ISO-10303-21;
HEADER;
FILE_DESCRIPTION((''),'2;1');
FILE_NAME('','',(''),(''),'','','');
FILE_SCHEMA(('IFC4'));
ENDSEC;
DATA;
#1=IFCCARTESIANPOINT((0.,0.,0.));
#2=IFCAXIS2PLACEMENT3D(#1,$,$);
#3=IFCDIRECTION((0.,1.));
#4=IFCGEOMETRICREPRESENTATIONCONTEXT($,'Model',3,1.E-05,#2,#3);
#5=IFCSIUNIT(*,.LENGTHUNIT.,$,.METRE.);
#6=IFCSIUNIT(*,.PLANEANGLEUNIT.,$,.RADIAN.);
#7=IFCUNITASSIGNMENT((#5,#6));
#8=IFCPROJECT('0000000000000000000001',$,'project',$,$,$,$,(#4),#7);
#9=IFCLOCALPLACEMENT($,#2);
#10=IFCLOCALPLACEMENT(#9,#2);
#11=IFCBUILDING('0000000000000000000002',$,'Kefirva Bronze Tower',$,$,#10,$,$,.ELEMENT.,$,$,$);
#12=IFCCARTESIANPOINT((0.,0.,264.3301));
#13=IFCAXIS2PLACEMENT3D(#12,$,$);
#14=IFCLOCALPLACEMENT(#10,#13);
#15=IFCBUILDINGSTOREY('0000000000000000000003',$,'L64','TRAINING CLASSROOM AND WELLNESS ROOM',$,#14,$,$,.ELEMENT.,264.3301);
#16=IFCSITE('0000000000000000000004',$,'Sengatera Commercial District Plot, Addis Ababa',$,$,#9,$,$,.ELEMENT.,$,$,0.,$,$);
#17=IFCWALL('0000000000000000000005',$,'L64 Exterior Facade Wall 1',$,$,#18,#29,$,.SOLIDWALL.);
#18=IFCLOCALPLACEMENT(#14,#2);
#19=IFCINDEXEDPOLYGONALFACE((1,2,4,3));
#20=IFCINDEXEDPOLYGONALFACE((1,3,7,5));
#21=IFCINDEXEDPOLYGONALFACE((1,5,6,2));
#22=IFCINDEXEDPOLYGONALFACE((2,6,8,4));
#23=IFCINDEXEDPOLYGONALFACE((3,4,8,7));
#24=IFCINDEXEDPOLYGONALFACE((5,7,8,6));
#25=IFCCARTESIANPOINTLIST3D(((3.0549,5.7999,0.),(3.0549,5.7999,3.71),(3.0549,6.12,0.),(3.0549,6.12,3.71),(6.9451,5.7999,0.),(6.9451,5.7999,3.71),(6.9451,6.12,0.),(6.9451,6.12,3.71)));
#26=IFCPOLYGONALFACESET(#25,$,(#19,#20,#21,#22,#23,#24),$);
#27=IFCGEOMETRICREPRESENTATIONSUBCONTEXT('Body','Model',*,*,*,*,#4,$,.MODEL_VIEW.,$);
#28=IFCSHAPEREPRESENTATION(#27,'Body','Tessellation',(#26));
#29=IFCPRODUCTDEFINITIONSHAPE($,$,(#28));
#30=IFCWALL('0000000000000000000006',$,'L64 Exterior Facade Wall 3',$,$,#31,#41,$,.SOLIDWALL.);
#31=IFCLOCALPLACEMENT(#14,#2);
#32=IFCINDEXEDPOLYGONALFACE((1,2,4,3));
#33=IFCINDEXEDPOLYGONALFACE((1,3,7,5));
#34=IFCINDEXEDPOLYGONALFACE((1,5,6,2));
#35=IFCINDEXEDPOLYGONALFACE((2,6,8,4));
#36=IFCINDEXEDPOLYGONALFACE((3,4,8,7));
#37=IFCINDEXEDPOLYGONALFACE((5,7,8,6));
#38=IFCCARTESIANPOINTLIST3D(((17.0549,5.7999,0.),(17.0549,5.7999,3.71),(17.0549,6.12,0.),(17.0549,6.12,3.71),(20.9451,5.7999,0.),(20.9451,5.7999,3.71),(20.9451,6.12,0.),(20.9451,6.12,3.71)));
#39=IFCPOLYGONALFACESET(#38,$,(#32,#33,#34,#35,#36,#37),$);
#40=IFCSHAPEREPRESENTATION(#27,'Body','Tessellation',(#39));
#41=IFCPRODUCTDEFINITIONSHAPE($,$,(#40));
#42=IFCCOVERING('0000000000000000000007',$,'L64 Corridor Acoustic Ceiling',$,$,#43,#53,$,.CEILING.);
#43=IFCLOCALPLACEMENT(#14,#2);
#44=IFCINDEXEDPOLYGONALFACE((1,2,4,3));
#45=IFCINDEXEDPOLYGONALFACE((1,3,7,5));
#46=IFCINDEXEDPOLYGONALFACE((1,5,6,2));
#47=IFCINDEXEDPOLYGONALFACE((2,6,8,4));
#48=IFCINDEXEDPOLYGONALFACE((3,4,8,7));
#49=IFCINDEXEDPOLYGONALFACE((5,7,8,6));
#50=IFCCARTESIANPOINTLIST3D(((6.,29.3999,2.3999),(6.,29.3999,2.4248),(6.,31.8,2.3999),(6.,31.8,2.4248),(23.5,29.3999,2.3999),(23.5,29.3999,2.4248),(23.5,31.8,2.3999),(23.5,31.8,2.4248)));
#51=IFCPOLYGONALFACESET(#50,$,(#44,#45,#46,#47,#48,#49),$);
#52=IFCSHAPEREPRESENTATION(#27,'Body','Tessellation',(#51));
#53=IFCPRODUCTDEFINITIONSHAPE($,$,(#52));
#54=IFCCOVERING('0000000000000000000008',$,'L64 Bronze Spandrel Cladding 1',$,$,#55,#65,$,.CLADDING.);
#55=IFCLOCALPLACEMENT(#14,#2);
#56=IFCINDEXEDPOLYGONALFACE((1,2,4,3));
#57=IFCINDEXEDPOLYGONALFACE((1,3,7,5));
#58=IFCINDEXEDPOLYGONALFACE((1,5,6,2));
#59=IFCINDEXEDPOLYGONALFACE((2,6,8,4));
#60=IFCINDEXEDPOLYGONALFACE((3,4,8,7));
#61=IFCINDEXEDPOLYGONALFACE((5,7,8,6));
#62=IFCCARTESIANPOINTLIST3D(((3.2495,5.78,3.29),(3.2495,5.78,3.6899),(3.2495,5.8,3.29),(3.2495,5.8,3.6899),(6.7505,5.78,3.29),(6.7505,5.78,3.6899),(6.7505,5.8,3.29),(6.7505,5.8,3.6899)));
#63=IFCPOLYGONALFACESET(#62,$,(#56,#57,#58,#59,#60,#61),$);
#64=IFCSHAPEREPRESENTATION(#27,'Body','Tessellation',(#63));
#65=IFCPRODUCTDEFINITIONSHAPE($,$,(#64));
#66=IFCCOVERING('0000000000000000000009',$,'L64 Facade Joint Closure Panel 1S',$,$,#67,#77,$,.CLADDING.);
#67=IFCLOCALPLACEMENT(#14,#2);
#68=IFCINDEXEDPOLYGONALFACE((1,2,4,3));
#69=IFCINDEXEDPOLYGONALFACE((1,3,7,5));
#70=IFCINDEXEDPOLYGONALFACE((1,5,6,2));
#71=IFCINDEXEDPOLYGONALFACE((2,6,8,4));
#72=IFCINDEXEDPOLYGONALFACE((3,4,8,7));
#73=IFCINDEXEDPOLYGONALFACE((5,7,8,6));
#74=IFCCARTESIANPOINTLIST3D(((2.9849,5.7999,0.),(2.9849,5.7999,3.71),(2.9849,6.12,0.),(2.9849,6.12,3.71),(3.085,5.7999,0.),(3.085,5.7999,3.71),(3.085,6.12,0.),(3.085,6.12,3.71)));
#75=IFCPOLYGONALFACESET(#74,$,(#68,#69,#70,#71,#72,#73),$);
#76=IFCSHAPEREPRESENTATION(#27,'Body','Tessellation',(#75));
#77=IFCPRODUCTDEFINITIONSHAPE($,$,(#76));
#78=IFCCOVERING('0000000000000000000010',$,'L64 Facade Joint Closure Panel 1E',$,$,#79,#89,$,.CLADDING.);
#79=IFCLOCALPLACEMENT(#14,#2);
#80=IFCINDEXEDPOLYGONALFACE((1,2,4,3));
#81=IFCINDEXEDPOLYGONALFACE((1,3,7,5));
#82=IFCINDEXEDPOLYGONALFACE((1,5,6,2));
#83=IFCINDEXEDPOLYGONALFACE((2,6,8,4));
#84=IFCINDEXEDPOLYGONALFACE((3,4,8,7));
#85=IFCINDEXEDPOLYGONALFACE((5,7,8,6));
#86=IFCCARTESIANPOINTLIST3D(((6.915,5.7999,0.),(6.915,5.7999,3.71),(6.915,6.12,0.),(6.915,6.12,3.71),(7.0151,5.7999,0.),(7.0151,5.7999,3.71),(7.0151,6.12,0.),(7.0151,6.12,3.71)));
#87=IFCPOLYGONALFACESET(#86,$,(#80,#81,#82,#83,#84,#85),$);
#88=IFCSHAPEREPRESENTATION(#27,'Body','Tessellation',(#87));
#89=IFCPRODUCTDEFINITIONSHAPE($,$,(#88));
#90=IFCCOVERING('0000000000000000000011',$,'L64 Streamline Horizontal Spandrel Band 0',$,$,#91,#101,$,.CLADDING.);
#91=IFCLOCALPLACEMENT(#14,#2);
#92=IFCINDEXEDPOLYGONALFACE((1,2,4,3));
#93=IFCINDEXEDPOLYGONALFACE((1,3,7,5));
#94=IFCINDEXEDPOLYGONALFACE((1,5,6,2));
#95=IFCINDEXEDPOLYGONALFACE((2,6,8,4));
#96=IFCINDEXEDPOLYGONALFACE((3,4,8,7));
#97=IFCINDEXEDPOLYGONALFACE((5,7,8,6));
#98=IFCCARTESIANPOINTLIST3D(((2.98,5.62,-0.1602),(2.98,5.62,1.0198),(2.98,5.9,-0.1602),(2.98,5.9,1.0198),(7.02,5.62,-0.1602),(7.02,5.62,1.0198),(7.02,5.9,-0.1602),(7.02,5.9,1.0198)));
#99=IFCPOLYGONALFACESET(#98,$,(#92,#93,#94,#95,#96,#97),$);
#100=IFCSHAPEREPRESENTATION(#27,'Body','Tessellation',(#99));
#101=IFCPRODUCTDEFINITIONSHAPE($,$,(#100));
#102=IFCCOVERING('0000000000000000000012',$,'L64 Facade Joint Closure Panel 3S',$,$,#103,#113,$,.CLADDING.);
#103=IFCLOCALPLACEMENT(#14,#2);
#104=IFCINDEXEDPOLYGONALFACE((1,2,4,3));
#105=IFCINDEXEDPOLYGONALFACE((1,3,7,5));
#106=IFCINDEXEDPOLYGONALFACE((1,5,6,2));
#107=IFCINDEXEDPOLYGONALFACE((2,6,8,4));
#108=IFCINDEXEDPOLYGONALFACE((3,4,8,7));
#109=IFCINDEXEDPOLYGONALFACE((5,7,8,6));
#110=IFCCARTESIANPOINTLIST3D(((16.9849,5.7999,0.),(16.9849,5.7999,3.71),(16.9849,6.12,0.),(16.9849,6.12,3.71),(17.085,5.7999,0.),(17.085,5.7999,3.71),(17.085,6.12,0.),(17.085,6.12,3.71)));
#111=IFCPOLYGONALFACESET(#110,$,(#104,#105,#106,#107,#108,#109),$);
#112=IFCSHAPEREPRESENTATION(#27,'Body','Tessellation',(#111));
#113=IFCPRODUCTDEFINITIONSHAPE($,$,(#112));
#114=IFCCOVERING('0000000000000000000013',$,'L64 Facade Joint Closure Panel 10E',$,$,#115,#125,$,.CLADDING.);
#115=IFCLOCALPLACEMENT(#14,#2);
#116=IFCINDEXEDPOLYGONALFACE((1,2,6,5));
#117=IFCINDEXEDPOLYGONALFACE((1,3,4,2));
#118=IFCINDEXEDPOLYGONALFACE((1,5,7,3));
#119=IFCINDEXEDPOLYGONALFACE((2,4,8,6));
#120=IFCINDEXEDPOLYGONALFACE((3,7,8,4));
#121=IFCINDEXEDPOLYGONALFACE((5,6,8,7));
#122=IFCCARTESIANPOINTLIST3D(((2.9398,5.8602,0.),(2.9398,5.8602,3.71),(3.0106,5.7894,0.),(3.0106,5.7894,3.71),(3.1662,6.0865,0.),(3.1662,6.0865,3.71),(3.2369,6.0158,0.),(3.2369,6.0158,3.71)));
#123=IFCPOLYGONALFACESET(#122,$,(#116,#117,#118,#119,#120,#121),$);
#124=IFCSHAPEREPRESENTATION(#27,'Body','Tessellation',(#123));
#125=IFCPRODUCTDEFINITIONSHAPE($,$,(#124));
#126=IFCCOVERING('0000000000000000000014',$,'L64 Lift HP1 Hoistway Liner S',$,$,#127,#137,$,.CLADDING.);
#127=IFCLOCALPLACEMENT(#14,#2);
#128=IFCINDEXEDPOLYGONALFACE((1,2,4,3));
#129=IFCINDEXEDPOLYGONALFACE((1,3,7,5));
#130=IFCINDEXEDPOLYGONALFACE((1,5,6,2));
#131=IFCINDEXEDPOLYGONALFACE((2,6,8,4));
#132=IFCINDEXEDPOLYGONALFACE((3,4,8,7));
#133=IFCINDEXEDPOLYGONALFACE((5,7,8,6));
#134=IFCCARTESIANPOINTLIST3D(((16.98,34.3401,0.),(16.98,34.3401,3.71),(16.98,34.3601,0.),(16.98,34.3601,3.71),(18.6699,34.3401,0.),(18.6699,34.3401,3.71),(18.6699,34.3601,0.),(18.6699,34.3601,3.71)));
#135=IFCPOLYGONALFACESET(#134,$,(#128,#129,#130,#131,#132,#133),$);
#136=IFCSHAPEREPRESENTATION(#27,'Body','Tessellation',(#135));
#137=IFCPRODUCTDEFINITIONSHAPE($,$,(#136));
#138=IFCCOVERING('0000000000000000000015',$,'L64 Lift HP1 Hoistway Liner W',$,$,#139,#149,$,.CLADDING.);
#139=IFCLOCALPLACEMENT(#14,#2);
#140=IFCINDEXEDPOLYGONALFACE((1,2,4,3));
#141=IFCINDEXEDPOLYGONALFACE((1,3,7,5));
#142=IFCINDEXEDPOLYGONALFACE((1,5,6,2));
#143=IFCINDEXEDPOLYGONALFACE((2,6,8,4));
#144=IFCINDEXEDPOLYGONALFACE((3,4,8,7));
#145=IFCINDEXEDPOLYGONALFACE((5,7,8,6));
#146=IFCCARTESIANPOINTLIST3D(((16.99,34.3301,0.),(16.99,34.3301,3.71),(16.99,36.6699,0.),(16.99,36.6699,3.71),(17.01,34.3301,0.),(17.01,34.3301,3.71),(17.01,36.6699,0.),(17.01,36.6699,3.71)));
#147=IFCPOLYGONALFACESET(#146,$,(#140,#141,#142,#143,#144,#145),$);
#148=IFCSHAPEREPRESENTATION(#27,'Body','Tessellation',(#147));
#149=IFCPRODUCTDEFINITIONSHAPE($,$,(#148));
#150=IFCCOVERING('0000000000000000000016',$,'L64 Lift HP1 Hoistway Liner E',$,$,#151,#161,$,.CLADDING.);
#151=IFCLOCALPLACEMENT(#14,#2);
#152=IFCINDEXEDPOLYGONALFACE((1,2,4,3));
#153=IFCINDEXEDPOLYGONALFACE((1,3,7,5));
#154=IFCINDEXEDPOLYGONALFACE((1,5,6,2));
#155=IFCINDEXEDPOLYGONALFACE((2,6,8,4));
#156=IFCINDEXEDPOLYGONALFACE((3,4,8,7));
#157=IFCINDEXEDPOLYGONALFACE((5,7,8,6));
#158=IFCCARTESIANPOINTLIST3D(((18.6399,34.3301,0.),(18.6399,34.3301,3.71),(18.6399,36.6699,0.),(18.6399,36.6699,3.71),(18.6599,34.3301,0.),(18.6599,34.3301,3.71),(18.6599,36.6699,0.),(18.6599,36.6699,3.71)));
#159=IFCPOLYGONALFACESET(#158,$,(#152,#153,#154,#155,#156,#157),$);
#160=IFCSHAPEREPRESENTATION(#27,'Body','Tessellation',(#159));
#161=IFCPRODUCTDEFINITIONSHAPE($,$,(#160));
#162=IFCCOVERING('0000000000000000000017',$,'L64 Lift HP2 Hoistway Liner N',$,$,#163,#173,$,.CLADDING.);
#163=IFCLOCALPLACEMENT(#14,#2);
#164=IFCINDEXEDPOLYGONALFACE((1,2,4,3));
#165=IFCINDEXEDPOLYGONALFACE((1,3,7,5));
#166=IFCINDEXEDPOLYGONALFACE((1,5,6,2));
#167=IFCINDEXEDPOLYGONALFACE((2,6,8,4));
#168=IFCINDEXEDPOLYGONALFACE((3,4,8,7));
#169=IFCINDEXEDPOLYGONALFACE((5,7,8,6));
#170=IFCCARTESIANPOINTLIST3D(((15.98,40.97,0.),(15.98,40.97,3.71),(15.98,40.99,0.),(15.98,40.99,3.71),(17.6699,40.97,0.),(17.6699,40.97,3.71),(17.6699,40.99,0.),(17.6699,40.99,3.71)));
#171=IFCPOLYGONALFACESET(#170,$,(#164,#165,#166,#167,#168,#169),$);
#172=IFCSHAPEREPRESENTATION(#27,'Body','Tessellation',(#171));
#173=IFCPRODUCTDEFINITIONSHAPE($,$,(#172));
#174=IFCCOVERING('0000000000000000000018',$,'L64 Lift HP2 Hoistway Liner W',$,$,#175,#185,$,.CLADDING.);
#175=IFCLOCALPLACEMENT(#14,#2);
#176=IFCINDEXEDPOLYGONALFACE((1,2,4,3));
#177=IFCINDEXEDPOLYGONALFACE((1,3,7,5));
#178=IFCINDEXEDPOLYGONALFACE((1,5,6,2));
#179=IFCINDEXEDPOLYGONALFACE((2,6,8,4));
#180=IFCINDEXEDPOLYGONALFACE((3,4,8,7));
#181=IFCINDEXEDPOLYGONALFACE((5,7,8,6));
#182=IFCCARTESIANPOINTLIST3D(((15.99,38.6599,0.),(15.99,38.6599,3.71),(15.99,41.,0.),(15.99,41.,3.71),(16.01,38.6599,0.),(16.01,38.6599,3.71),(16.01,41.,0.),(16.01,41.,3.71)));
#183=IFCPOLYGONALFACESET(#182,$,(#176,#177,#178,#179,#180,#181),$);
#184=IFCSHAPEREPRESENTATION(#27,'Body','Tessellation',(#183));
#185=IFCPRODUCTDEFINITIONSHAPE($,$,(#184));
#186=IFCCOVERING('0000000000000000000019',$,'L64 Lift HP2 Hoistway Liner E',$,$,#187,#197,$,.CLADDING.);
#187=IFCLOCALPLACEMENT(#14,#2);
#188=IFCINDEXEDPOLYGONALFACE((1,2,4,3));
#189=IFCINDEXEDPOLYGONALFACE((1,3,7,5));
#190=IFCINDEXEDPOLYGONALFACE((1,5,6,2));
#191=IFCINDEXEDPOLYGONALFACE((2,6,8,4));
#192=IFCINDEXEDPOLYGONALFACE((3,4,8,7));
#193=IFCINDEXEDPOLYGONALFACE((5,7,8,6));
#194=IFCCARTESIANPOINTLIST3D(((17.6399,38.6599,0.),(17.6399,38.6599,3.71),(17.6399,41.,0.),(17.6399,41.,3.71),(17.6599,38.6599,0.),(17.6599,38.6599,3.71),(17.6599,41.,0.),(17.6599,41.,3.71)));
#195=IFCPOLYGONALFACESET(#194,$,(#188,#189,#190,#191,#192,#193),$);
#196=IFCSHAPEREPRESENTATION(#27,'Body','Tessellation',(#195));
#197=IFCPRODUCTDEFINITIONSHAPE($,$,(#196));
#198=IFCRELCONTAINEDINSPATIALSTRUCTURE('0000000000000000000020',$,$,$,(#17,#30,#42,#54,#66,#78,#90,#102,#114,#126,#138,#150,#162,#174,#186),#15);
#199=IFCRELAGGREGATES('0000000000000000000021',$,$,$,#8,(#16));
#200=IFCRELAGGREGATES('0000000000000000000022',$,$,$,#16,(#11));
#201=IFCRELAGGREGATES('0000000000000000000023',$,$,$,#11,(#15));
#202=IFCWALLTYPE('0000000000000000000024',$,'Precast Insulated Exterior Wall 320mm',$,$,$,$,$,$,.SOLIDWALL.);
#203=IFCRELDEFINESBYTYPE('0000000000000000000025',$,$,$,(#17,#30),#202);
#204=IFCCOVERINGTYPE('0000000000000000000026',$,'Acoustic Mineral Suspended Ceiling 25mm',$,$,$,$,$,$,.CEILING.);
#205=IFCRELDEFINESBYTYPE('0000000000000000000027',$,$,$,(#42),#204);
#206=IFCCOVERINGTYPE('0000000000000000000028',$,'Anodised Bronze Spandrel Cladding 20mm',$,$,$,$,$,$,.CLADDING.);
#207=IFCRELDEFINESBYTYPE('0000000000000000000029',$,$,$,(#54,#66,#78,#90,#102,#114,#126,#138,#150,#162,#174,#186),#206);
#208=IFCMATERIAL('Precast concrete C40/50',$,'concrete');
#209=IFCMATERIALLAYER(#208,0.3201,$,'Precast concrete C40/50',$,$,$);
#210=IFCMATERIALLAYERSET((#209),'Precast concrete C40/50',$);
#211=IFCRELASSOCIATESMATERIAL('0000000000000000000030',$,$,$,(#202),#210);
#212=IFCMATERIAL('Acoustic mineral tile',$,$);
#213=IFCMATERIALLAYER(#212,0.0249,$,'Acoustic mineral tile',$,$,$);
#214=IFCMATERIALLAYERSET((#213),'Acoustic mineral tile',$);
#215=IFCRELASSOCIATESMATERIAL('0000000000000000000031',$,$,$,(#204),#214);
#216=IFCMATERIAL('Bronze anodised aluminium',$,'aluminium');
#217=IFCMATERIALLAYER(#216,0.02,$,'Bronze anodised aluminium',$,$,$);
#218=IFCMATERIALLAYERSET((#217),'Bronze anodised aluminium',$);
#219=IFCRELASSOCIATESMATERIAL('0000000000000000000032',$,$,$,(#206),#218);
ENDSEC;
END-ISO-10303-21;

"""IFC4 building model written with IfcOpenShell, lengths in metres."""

from ifc_helpers import new_model, si_unit, direction, frame, frame_2d, origin, origin_2d, place, context, subcontext, project, spatial, polyline, rectangle, outline, extrude, material, layer, layer_set, type_object, element, save


model = new_model("IFC4")

# Units and contexts
model_context = context("Model", 3, precision=1e-05, world=origin(), true_north=direction((0.0, 1.0)))
body_context = subcontext(model_context, "Body", "Model", "MODEL_VIEW")
ifc_project = project(units=[si_unit("LENGTHUNIT", "METRE"), si_unit("PLANEANGLEUNIT", "RADIAN")], contexts=[model_context])

# Site, building, storey
site_placement = place(None, origin())
site = spatial("IfcSite", under=ifc_project, at=site_placement, Name="Sengatera Commercial District Plot, Addis Ababa", CompositionType="ELEMENT", RefElevation=0.0)
building_placement = place(site_placement, origin())
building = spatial("IfcBuilding", under=site, at=building_placement, Name="Kefirva Bronze Tower", CompositionType="ELEMENT")
storey_placement = place(building_placement, frame((0.0, 0.0, 264.3301)))
storey = spatial("IfcBuildingStorey", under=building, at=storey_placement, Name="L64", Description="TRAINING CLASSROOM AND WELLNESS ROOM", CompositionType="ELEMENT", Elevation=264.3301)

# Walls
ifc_material_1 = material(Name="Precast concrete C40/50", Category="concrete")
ifc_layer_1 = layer(ifc_material_1, 0.3201, Name="Precast concrete C40/50")
ifc_layer_set_1 = layer_set([ifc_layer_1], Name="Precast concrete C40/50")
wall_type = type_object("IfcWallType", Name="Precast Insulated Exterior Wall 320mm", PredefinedType="SOLIDWALL", material=ifc_layer_set_1)
for number, where, z_axis, x_axis, name in (
    (1, (3.0549, 5.96, 0.0), (0.0, 0.0, 1.0), (1.0, 0.0, 0.0), "L64 Exterior Facade Wall 1"),
    (2, (17.0549, 5.96, 0.0), (0.0, 0.0, 1.0), (1.0, 0.0, 0.0), "L64 Exterior Facade Wall 3"),
):
    element("IfcWall", number, at=place(storey_placement, frame(where, z_axis=z_axis, x_axis=x_axis)), inside=storey, type_object=wall_type, Name=name, PredefinedType="SOLIDWALL", context=body_context, shape_type="SweptSolid", body=[
        extrude(rectangle(XDim=3.8901, YDim=0.3201, at=frame_2d((1.9451, 0.0))), origin(), (0.0, 0.0, 1.0), 3.71),
    ])

# Coverings
ifc_material_2 = material(Name="Acoustic mineral tile")
ifc_layer_2 = layer(ifc_material_2, 0.0249, Name="Acoustic mineral tile")
ifc_layer_set_2 = layer_set([ifc_layer_2], Name="Acoustic mineral tile")
covering_type_1 = type_object("IfcCoveringType", Name="Acoustic Mineral Suspended Ceiling 25mm", PredefinedType="CEILING", material=ifc_layer_set_2)
covering_1_placement = place(storey_placement, frame((0.0, 0.0, 2.3999)))
element("IfcCovering", 3, at=covering_1_placement, inside=storey, type_object=covering_type_1, Name="L64 Corridor Acoustic Ceiling", PredefinedType="CEILING", context=body_context, shape_type="SweptSolid", body=[
    extrude(outline(polyline([(6.0, 29.3999), (23.5, 29.3999), (23.5, 31.8), (6.0, 31.8), (6.0, 29.3999)])), origin(), (0.0, 0.0, 1.0), 0.0249),
])
ifc_material_3 = material(Name="Bronze anodised aluminium", Category="aluminium")
ifc_layer_3 = layer(ifc_material_3, 0.02, Name="Bronze anodised aluminium")
ifc_layer_set_3 = layer_set([ifc_layer_3], Name="Bronze anodised aluminium")
covering_type_2 = type_object("IfcCoveringType", Name="Anodised Bronze Spandrel Cladding 20mm", PredefinedType="CLADDING", material=ifc_layer_set_3)
covering_2_placement = place(storey_placement, frame((5.0, 5.79, 3.29), z_axis=(0.0, 0.0, 1.0), x_axis=(1.0, 0.0, 0.0)))
element("IfcCovering", 4, at=covering_2_placement, inside=storey, type_object=covering_type_2, Name="L64 Bronze Spandrel Cladding 1", PredefinedType="CLADDING", context=body_context, shape_type="SweptSolid", body=[
    extrude(rectangle(XDim=3.501, YDim=0.02, at=origin_2d()), origin(), (0.0, 0.0, 1.0), 0.3999),
])
for number, where, z_axis, x_axis, name in (
    (5, (3.0349, 5.96, 0.0), (0.0, 0.0, 1.0), (1.0, 0.0, 0.0), "L64 Facade Joint Closure Panel 1S"),
    (6, (6.9651, 5.96, 0.0), (0.0, 0.0, 1.0), (1.0, 0.0, 0.0), "L64 Facade Joint Closure Panel 1E"),
):
    element("IfcCovering", number, at=place(storey_placement, frame(where, z_axis=z_axis, x_axis=x_axis)), inside=storey, type_object=covering_type_2, Name=name, PredefinedType="CLADDING", context=body_context, shape_type="SweptSolid", body=[
        extrude(rectangle(XDim=0.1001, YDim=0.3201, at=origin_2d()), origin(), (0.0, 0.0, 1.0), 3.71),
    ])
covering_3_placement = place(storey_placement, frame((5.0, 5.76, -0.1602), z_axis=(0.0, 0.0, 1.0), x_axis=(1.0, 0.0, 0.0)))
element("IfcCovering", 7, at=covering_3_placement, inside=storey, type_object=covering_type_2, Name="L64 Streamline Horizontal Spandrel Band 0", PredefinedType="CLADDING", context=body_context, shape_type="SweptSolid", body=[
    extrude(rectangle(XDim=4.04, YDim=0.28, at=origin_2d()), origin(), (0.0, 0.0, 1.0), 1.1799),
])
for number, where, z_axis, x_axis, name in (
    (8, (17.0349, 5.96, 0.0), (0.0, 0.0, 1.0), (1.0, 0.0, 0.0), "L64 Facade Joint Closure Panel 3S"),
    (9, (3.0884, 5.938, 0.0), (0.0, 0.0, 1.0), (0.707107, -0.707107, 0.0), "L64 Facade Joint Closure Panel 10E"),
):
    element("IfcCovering", number, at=place(storey_placement, frame(where, z_axis=z_axis, x_axis=x_axis)), inside=storey, type_object=covering_type_2, Name=name, PredefinedType="CLADDING", context=body_context, shape_type="SweptSolid", body=[
        extrude(rectangle(XDim=0.1001, YDim=0.3201, at=origin_2d()), origin(), (0.0, 0.0, 1.0), 3.71),
    ])
covering_4_placement = place(storey_placement, origin())
element("IfcCovering", 10, at=covering_4_placement, inside=storey, type_object=covering_type_2, Name="L64 Lift HP1 Hoistway Liner S", PredefinedType="CLADDING", context=body_context, shape_type="SweptSolid", body=[
    extrude(outline(polyline([(16.98, 34.3401), (18.6699, 34.3401), (18.6699, 34.3601), (16.98, 34.3601), (16.98, 34.3401)])), origin(), (0.0, 0.0, 1.0), 3.71),
])
covering_5_placement = place(storey_placement, origin())
element("IfcCovering", 11, at=covering_5_placement, inside=storey, type_object=covering_type_2, Name="L64 Lift HP1 Hoistway Liner W", PredefinedType="CLADDING", context=body_context, shape_type="SweptSolid", body=[
    extrude(outline(polyline([(16.99, 34.3301), (17.01, 34.3301), (17.01, 36.6699), (16.99, 36.6699), (16.99, 34.3301)])), origin(), (0.0, 0.0, 1.0), 3.71),
])
covering_6_placement = place(storey_placement, origin())
element("IfcCovering", 12, at=covering_6_placement, inside=storey, type_object=covering_type_2, Name="L64 Lift HP1 Hoistway Liner E", PredefinedType="CLADDING", context=body_context, shape_type="SweptSolid", body=[
    extrude(outline(polyline([(18.6399, 34.3301), (18.6599, 34.3301), (18.6599, 36.6699), (18.6399, 36.6699), (18.6399, 34.3301)])), origin(), (0.0, 0.0, 1.0), 3.71),
])
covering_7_placement = place(storey_placement, origin())
element("IfcCovering", 13, at=covering_7_placement, inside=storey, type_object=covering_type_2, Name="L64 Lift HP2 Hoistway Liner N", PredefinedType="CLADDING", context=body_context, shape_type="SweptSolid", body=[
    extrude(outline(polyline([(15.98, 40.97), (17.6699, 40.97), (17.6699, 40.99), (15.98, 40.99), (15.98, 40.97)])), origin(), (0.0, 0.0, 1.0), 3.71),
])
covering_8_placement = place(storey_placement, origin())
element("IfcCovering", 14, at=covering_8_placement, inside=storey, type_object=covering_type_2, Name="L64 Lift HP2 Hoistway Liner W", PredefinedType="CLADDING", context=body_context, shape_type="SweptSolid", body=[
    extrude(outline(polyline([(15.99, 38.6599), (16.01, 38.6599), (16.01, 41.0), (15.99, 41.0), (15.99, 38.6599)])), origin(), (0.0, 0.0, 1.0), 3.71),
])
covering_9_placement = place(storey_placement, origin())
element("IfcCovering", 15, at=covering_9_placement, inside=storey, type_object=covering_type_2, Name="L64 Lift HP2 Hoistway Liner E", PredefinedType="CLADDING", context=body_context, shape_type="SweptSolid", body=[
    extrude(outline(polyline([(17.6399, 38.6599), (17.6599, 38.6599), (17.6599, 41.0), (17.6399, 41.0), (17.6399, 38.6599)])), origin(), (0.0, 0.0, 1.0), 3.71),
])

save(model, "model.ifc")
